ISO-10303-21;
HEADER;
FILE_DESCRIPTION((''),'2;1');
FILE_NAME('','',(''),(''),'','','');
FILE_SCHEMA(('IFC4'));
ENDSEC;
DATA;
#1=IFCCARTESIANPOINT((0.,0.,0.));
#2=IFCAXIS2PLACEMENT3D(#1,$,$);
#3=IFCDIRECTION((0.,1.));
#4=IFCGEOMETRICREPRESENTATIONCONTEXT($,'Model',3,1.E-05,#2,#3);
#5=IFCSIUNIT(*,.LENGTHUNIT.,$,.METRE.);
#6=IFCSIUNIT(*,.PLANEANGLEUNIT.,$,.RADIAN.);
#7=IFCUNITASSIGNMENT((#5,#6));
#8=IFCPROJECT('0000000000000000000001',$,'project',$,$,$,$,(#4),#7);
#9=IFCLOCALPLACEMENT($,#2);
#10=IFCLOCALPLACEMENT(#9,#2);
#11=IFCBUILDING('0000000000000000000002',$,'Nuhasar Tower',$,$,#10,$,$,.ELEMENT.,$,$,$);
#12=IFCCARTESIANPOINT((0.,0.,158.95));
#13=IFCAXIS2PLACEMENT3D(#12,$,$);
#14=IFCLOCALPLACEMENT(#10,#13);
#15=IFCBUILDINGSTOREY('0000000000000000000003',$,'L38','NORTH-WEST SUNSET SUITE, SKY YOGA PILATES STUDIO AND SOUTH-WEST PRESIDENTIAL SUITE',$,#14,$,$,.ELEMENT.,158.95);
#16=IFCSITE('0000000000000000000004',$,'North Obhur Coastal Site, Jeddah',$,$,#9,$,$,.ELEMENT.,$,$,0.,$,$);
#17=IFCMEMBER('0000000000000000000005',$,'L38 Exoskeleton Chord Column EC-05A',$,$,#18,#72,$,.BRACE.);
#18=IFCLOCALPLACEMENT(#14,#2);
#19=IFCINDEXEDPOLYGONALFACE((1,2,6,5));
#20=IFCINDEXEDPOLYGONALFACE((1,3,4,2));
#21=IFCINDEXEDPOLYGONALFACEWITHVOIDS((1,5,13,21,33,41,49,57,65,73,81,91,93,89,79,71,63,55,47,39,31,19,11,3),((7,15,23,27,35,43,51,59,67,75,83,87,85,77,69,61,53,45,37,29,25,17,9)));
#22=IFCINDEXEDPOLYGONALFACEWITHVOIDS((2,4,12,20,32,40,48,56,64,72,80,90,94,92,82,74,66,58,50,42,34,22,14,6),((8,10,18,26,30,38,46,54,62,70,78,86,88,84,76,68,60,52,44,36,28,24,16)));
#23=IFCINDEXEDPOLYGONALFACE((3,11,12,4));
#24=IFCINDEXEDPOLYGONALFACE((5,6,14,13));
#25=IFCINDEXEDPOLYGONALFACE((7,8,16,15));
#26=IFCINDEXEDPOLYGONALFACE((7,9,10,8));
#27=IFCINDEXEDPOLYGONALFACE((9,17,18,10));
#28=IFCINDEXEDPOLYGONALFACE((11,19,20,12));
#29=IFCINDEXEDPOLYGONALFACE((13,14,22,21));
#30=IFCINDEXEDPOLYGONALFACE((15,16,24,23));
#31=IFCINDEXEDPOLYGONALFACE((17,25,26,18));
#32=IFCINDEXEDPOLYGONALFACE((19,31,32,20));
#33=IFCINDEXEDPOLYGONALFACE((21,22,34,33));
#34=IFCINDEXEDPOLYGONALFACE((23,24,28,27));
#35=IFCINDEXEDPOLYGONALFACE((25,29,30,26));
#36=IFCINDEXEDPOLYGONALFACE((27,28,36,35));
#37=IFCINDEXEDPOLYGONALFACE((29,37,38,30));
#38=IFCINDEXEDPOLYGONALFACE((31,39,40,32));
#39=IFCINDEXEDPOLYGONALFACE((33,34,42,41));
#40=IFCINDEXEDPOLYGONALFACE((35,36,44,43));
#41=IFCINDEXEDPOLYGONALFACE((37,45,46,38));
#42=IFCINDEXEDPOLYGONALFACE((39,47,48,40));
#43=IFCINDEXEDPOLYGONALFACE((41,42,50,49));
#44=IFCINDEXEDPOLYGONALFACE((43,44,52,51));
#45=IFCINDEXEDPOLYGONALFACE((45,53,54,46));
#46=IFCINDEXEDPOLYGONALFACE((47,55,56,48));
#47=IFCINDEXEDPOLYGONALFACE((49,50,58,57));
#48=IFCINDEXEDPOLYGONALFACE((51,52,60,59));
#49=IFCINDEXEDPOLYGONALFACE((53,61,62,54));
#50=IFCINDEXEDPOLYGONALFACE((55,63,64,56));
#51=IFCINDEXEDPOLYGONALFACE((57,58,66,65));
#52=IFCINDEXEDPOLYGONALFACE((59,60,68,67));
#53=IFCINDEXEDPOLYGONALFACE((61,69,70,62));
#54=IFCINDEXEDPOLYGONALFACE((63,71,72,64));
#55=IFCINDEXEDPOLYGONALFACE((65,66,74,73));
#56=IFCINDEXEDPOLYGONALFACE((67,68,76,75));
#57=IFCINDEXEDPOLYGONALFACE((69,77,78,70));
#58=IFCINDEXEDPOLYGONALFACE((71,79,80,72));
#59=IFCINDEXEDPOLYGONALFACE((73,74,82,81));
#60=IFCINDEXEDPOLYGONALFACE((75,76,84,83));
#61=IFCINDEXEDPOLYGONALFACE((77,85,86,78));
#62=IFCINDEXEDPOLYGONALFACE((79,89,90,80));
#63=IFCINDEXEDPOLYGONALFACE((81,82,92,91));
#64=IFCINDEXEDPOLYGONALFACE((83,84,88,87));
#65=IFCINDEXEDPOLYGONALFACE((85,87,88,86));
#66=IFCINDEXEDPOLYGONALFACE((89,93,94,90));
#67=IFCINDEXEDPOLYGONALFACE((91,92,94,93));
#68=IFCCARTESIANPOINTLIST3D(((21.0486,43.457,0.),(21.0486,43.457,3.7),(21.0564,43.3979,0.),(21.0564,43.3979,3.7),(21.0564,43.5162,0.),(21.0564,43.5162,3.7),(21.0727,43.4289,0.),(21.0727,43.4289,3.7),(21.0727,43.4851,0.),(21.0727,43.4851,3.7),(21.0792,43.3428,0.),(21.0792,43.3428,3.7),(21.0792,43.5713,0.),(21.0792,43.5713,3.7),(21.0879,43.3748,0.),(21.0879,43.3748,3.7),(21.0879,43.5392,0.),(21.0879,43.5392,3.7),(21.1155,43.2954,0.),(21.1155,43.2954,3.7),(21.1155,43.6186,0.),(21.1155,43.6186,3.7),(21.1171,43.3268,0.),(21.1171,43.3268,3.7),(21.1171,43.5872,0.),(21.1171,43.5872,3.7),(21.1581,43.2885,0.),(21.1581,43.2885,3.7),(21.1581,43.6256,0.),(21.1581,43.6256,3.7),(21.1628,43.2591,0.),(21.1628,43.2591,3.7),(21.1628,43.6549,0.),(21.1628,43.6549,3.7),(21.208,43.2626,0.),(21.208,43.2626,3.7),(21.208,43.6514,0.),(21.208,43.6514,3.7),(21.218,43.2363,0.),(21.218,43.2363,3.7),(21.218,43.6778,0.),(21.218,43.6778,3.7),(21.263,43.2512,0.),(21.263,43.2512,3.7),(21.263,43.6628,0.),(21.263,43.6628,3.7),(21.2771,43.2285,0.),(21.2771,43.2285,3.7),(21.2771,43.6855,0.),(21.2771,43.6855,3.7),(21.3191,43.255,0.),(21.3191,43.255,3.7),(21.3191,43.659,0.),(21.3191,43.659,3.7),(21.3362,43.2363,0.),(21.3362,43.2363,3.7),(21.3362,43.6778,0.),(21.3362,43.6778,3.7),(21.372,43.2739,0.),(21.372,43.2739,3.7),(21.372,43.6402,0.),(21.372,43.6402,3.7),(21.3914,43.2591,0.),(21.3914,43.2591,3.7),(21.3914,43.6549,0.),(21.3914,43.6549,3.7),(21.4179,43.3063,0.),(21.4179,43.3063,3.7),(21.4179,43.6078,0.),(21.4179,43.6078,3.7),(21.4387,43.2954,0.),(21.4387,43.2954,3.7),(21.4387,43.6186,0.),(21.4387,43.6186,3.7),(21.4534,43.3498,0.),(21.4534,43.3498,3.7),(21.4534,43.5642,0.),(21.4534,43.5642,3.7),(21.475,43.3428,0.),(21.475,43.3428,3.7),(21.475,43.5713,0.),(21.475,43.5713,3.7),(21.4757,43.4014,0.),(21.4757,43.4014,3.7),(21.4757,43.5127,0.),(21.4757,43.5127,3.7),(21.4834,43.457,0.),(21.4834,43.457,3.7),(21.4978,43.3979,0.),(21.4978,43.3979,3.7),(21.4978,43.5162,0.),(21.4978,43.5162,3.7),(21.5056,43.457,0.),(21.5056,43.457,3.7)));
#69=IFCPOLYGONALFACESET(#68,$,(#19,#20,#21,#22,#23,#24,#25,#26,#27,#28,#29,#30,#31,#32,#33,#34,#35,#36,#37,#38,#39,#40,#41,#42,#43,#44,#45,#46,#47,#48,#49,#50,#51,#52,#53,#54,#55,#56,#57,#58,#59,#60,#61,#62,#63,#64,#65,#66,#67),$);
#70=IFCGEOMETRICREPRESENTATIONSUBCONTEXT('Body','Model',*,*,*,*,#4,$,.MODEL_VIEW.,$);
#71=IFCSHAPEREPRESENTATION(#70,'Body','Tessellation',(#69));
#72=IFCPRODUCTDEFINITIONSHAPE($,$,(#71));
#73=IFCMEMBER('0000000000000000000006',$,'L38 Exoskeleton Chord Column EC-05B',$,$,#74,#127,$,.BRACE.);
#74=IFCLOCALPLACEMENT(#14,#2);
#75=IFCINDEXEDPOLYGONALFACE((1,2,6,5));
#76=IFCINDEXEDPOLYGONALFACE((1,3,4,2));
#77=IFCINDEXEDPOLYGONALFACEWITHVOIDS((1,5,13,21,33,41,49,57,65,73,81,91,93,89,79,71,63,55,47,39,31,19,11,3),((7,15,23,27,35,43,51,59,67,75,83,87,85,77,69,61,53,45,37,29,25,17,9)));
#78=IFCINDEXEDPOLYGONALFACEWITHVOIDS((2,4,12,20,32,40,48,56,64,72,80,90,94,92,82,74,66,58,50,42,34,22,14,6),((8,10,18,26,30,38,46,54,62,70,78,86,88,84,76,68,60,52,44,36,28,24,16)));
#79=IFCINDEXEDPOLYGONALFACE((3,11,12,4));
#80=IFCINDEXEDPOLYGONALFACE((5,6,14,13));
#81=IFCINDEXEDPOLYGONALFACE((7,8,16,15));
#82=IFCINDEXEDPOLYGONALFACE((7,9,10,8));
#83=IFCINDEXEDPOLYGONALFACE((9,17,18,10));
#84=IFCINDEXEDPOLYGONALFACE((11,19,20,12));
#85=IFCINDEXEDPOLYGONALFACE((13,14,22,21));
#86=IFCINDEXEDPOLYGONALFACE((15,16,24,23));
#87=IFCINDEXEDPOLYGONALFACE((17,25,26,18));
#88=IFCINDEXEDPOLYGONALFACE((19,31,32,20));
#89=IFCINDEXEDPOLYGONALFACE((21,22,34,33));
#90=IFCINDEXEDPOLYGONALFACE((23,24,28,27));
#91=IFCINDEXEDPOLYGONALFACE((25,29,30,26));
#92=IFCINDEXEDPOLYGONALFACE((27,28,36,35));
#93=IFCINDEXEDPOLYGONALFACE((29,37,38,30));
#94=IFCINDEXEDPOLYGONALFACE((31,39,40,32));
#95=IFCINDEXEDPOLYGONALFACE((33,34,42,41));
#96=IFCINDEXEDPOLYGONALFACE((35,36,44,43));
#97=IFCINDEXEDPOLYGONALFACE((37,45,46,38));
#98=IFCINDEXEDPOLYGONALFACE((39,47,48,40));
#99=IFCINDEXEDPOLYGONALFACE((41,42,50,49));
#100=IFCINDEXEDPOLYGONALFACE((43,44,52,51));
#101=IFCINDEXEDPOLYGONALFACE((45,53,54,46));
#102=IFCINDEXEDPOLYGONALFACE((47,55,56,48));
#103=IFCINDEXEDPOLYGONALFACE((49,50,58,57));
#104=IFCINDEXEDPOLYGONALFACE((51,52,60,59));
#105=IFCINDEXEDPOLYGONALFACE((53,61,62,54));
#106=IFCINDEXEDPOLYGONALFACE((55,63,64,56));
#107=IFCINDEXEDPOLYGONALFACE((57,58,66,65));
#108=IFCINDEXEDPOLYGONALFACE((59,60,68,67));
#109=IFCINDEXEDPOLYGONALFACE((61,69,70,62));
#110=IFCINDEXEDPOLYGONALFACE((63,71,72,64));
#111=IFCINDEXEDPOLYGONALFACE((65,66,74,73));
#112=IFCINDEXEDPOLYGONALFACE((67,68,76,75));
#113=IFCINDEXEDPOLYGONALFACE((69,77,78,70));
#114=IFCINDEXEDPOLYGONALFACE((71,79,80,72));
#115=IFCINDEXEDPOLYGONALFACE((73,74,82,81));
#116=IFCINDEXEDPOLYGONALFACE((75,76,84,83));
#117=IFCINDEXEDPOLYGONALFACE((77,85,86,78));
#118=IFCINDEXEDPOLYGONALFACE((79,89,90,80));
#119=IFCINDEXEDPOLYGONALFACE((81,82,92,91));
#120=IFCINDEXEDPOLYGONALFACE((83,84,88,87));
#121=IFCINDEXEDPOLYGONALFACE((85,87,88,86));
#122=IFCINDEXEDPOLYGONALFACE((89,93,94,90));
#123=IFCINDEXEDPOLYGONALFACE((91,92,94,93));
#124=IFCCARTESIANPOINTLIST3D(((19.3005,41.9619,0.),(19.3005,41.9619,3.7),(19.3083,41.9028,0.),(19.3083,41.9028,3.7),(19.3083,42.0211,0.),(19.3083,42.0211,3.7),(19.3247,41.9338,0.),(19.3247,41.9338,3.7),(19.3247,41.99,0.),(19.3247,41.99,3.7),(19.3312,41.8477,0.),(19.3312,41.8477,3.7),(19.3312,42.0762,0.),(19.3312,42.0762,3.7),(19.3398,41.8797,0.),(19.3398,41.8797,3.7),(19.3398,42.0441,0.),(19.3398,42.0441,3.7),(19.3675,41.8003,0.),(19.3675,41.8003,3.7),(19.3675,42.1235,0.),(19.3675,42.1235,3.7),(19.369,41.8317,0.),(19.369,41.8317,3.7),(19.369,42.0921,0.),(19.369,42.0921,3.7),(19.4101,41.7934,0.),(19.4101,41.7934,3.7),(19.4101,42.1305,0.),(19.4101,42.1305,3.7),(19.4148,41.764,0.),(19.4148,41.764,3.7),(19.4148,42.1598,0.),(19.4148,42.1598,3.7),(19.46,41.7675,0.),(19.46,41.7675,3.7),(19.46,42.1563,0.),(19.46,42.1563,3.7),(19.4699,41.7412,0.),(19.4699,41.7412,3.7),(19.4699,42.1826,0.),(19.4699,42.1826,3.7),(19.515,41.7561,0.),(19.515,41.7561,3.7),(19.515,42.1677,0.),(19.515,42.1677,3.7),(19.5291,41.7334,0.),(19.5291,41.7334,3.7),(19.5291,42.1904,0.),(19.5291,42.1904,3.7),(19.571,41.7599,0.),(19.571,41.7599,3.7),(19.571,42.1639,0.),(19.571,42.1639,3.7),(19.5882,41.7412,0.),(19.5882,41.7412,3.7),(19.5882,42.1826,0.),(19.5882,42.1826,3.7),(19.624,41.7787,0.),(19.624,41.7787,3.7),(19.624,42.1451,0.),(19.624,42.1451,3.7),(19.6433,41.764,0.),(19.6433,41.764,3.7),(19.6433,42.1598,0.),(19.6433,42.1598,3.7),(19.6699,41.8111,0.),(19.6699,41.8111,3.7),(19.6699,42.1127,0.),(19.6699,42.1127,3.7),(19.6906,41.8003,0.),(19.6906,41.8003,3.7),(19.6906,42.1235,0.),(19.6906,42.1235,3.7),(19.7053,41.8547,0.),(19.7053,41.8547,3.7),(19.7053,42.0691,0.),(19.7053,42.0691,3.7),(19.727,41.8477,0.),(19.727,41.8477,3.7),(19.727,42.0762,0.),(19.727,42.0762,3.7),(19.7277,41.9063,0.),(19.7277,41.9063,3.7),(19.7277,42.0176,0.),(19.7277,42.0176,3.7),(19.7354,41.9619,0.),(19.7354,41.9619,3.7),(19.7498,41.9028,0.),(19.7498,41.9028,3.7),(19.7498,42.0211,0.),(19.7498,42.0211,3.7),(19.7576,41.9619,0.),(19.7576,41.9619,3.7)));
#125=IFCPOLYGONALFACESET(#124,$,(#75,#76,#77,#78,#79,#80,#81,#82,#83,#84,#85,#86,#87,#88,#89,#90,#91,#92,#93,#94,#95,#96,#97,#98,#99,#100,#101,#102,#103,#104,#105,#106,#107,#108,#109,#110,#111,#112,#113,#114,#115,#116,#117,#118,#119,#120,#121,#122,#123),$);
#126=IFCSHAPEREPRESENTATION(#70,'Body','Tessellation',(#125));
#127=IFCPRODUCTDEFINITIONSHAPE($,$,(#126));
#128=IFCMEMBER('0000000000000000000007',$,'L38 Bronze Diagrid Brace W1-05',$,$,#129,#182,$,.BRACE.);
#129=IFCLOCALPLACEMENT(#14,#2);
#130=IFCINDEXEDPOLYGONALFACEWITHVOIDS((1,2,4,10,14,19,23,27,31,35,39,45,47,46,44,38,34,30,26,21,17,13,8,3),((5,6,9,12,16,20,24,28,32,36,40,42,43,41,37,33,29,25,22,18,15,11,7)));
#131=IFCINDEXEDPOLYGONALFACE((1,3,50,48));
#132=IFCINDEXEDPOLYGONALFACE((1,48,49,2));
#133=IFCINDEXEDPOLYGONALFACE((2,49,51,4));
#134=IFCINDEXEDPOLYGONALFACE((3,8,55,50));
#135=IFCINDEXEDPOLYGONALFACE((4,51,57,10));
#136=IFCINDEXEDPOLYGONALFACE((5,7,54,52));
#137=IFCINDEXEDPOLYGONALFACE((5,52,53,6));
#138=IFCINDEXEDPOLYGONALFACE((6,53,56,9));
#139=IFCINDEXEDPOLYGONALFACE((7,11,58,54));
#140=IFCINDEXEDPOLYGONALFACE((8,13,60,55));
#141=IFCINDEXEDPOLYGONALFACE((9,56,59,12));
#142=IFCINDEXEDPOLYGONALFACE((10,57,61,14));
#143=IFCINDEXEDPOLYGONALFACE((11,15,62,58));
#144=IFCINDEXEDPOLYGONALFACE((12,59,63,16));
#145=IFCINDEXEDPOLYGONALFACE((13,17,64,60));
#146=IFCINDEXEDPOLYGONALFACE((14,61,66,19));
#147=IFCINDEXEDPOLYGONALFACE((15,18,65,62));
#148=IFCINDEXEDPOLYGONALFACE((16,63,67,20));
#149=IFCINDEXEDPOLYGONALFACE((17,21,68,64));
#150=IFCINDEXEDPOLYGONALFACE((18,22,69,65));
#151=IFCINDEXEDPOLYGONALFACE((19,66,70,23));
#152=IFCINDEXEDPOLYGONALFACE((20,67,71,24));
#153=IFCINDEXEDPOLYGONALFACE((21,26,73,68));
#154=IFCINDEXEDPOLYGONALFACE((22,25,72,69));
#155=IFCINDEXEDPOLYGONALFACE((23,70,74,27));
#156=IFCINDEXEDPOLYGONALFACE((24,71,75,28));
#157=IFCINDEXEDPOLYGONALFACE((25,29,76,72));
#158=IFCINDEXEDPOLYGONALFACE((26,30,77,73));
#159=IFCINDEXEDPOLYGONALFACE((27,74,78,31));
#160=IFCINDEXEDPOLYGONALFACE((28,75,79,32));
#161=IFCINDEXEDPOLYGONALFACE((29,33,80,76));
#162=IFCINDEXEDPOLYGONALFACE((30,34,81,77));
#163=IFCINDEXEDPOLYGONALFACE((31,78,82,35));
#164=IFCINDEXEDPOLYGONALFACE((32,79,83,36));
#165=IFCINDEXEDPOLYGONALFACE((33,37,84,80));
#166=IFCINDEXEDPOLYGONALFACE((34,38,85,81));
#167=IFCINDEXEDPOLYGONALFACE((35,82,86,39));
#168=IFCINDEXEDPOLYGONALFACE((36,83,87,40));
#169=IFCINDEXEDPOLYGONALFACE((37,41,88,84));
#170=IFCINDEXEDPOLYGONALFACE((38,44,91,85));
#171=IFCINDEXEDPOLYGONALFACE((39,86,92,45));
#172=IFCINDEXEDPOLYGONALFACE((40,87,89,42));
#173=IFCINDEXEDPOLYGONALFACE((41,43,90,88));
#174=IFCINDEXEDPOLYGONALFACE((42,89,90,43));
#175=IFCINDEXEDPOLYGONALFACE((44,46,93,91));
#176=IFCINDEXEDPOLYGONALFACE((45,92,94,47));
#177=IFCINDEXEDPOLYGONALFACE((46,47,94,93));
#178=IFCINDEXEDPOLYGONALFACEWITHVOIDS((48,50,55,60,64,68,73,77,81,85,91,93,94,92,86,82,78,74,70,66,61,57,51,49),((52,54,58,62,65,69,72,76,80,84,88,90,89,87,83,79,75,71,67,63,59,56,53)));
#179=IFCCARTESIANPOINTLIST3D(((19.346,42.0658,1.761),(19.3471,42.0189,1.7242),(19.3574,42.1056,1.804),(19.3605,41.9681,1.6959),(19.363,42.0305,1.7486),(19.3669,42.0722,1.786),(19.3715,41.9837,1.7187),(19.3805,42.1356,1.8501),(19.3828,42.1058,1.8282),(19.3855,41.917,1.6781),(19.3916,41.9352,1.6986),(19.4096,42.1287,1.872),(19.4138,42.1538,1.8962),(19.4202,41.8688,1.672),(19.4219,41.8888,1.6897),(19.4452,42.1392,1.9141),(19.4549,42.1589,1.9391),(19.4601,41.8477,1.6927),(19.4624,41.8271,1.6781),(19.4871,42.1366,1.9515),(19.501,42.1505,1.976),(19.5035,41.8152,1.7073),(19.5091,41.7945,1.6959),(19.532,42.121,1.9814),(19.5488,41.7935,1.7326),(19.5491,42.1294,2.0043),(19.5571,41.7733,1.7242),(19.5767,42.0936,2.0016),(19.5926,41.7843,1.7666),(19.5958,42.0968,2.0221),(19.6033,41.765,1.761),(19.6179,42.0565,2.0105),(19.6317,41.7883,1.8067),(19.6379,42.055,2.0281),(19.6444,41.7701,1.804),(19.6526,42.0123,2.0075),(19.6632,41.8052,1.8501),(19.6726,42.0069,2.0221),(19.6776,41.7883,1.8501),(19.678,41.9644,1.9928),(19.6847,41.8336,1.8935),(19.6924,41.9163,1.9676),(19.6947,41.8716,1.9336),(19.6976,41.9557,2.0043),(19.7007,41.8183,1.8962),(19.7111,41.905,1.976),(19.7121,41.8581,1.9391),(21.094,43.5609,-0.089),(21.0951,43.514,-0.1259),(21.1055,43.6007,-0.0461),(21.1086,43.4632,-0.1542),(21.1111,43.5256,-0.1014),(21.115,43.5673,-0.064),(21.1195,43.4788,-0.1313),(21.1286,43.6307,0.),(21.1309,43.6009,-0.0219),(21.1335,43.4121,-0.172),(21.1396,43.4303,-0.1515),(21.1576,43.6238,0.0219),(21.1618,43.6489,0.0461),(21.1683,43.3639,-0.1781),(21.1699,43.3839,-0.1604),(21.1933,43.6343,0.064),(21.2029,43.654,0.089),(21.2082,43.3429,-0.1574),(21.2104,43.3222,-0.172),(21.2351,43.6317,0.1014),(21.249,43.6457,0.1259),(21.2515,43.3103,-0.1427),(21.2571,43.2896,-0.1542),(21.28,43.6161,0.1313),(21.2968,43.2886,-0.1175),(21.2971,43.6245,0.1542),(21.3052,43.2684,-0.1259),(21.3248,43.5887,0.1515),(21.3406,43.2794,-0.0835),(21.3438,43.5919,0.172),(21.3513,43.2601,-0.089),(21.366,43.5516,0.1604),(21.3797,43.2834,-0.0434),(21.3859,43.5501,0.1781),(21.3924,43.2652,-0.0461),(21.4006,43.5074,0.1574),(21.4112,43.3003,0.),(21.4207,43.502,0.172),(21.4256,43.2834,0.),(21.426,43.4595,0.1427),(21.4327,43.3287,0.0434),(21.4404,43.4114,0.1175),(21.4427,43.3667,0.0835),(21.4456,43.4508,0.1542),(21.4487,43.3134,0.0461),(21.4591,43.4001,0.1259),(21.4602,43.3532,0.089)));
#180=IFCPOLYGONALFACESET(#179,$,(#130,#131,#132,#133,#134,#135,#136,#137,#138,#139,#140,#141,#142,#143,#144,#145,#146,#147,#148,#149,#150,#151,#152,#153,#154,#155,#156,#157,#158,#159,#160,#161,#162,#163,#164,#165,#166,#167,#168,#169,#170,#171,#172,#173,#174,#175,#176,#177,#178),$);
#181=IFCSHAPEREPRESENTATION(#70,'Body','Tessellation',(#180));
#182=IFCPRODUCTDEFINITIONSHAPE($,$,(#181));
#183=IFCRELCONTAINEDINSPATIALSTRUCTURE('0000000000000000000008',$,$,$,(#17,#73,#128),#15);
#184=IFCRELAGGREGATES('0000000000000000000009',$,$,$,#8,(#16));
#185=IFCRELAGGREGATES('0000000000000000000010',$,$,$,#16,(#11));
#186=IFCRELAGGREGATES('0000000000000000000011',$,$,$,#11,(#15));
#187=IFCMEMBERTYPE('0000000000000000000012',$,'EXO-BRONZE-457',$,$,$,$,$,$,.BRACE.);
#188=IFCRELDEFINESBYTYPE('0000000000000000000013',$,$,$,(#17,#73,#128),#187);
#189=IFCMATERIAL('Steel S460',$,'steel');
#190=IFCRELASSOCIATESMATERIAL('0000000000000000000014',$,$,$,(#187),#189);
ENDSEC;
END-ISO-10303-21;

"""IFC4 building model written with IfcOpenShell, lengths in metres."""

from ifc_helpers import new_model, si_unit, direction, frame, origin, origin_2d, place, context, subcontext, project, spatial, hollow_circle, extrude, material, material_profile, profile_set, type_object, element, save


model = new_model("IFC4")

# Units and contexts
model_context = context("Model", 3, precision=1e-05, world=origin(), true_north=direction((0.0, 1.0)))
body_context = subcontext(model_context, "Body", "Model", "MODEL_VIEW")
ifc_project = project(units=[si_unit("LENGTHUNIT", "METRE"), si_unit("PLANEANGLEUNIT", "RADIAN")], contexts=[model_context])

# Site, building, storey
site_placement = place(None, origin())
site = spatial("IfcSite", under=ifc_project, at=site_placement, Name="North Obhur Coastal Site, Jeddah", CompositionType="ELEMENT", RefElevation=0.0)
building_placement = place(site_placement, origin())
building = spatial("IfcBuilding", under=site, at=building_placement, Name="Nuhasar Tower", CompositionType="ELEMENT")
storey_placement = place(building_placement, frame((0.0, 0.0, 158.95)))
storey = spatial("IfcBuildingStorey", under=building, at=storey_placement, Name="L38", Description="NORTH-WEST SUNSET SUITE, SKY YOGA PILATES STUDIO AND SOUTH-WEST PRESIDENTIAL SUITE", CompositionType="ELEMENT", Elevation=158.95)

# Members
ifc_material_1 = material(Name="Steel S460", Category="steel")
ifc_material_profile_1 = material_profile(ifc_material_1, hollow_circle(Radius=0.2285, WallThickness=0.0222, at=origin_2d()), Name="HSS457X22.2")
ifc_profile_set_1 = profile_set([ifc_material_profile_1], Name="Steel S460")
member_type_1 = type_object("IfcMemberType", Name="EXO-BRONZE-457", PredefinedType="BRACE", material=ifc_profile_set_1)
for number, where, z_axis, x_axis, name in (
    (1, (21.2771, 43.457, 0.0), (0.0, 0.0, 1.0), (1.0, 0.0, 0.0), "L38 Exoskeleton Chord Column EC-05A"),
    (2, (19.5291, 41.9619, 0.0), (0.0, 0.0, 1.0), (1.0, 0.0, 0.0), "L38 Exoskeleton Chord Column EC-05B"),
):
    element("IfcMember", number, at=place(storey_placement, frame(where, z_axis=z_axis, x_axis=x_axis)), inside=storey, type_object=member_type_1, Name=name, PredefinedType="BRACE", context=body_context, shape_type="SweptSolid", body=[
        extrude(hollow_circle(Radius=0.2285, WallThickness=0.0222, at=origin_2d()), origin(), (0.0, 0.0, 1.0), 3.7),
    ])
member_1_placement = place(storey_placement, frame((21.2771, 43.457, 0.0), z_axis=(-0.59217, -0.506488, 0.626741), x_axis=(0.649987, -0.759945, 0.0)))
element("IfcMember", 3, at=member_1_placement, inside=storey, type_object=member_type_1, Name="L38 Bronze Diagrid Brace W1-05", PredefinedType="BRACE", context=body_context, shape_type="SweptSolid", body=[
    extrude(hollow_circle(Radius=0.2285, WallThickness=0.0222, at=origin_2d()), origin(), (0.0, 0.0, 1.0), 2.9519),
])

save(model, "model.ifc")
